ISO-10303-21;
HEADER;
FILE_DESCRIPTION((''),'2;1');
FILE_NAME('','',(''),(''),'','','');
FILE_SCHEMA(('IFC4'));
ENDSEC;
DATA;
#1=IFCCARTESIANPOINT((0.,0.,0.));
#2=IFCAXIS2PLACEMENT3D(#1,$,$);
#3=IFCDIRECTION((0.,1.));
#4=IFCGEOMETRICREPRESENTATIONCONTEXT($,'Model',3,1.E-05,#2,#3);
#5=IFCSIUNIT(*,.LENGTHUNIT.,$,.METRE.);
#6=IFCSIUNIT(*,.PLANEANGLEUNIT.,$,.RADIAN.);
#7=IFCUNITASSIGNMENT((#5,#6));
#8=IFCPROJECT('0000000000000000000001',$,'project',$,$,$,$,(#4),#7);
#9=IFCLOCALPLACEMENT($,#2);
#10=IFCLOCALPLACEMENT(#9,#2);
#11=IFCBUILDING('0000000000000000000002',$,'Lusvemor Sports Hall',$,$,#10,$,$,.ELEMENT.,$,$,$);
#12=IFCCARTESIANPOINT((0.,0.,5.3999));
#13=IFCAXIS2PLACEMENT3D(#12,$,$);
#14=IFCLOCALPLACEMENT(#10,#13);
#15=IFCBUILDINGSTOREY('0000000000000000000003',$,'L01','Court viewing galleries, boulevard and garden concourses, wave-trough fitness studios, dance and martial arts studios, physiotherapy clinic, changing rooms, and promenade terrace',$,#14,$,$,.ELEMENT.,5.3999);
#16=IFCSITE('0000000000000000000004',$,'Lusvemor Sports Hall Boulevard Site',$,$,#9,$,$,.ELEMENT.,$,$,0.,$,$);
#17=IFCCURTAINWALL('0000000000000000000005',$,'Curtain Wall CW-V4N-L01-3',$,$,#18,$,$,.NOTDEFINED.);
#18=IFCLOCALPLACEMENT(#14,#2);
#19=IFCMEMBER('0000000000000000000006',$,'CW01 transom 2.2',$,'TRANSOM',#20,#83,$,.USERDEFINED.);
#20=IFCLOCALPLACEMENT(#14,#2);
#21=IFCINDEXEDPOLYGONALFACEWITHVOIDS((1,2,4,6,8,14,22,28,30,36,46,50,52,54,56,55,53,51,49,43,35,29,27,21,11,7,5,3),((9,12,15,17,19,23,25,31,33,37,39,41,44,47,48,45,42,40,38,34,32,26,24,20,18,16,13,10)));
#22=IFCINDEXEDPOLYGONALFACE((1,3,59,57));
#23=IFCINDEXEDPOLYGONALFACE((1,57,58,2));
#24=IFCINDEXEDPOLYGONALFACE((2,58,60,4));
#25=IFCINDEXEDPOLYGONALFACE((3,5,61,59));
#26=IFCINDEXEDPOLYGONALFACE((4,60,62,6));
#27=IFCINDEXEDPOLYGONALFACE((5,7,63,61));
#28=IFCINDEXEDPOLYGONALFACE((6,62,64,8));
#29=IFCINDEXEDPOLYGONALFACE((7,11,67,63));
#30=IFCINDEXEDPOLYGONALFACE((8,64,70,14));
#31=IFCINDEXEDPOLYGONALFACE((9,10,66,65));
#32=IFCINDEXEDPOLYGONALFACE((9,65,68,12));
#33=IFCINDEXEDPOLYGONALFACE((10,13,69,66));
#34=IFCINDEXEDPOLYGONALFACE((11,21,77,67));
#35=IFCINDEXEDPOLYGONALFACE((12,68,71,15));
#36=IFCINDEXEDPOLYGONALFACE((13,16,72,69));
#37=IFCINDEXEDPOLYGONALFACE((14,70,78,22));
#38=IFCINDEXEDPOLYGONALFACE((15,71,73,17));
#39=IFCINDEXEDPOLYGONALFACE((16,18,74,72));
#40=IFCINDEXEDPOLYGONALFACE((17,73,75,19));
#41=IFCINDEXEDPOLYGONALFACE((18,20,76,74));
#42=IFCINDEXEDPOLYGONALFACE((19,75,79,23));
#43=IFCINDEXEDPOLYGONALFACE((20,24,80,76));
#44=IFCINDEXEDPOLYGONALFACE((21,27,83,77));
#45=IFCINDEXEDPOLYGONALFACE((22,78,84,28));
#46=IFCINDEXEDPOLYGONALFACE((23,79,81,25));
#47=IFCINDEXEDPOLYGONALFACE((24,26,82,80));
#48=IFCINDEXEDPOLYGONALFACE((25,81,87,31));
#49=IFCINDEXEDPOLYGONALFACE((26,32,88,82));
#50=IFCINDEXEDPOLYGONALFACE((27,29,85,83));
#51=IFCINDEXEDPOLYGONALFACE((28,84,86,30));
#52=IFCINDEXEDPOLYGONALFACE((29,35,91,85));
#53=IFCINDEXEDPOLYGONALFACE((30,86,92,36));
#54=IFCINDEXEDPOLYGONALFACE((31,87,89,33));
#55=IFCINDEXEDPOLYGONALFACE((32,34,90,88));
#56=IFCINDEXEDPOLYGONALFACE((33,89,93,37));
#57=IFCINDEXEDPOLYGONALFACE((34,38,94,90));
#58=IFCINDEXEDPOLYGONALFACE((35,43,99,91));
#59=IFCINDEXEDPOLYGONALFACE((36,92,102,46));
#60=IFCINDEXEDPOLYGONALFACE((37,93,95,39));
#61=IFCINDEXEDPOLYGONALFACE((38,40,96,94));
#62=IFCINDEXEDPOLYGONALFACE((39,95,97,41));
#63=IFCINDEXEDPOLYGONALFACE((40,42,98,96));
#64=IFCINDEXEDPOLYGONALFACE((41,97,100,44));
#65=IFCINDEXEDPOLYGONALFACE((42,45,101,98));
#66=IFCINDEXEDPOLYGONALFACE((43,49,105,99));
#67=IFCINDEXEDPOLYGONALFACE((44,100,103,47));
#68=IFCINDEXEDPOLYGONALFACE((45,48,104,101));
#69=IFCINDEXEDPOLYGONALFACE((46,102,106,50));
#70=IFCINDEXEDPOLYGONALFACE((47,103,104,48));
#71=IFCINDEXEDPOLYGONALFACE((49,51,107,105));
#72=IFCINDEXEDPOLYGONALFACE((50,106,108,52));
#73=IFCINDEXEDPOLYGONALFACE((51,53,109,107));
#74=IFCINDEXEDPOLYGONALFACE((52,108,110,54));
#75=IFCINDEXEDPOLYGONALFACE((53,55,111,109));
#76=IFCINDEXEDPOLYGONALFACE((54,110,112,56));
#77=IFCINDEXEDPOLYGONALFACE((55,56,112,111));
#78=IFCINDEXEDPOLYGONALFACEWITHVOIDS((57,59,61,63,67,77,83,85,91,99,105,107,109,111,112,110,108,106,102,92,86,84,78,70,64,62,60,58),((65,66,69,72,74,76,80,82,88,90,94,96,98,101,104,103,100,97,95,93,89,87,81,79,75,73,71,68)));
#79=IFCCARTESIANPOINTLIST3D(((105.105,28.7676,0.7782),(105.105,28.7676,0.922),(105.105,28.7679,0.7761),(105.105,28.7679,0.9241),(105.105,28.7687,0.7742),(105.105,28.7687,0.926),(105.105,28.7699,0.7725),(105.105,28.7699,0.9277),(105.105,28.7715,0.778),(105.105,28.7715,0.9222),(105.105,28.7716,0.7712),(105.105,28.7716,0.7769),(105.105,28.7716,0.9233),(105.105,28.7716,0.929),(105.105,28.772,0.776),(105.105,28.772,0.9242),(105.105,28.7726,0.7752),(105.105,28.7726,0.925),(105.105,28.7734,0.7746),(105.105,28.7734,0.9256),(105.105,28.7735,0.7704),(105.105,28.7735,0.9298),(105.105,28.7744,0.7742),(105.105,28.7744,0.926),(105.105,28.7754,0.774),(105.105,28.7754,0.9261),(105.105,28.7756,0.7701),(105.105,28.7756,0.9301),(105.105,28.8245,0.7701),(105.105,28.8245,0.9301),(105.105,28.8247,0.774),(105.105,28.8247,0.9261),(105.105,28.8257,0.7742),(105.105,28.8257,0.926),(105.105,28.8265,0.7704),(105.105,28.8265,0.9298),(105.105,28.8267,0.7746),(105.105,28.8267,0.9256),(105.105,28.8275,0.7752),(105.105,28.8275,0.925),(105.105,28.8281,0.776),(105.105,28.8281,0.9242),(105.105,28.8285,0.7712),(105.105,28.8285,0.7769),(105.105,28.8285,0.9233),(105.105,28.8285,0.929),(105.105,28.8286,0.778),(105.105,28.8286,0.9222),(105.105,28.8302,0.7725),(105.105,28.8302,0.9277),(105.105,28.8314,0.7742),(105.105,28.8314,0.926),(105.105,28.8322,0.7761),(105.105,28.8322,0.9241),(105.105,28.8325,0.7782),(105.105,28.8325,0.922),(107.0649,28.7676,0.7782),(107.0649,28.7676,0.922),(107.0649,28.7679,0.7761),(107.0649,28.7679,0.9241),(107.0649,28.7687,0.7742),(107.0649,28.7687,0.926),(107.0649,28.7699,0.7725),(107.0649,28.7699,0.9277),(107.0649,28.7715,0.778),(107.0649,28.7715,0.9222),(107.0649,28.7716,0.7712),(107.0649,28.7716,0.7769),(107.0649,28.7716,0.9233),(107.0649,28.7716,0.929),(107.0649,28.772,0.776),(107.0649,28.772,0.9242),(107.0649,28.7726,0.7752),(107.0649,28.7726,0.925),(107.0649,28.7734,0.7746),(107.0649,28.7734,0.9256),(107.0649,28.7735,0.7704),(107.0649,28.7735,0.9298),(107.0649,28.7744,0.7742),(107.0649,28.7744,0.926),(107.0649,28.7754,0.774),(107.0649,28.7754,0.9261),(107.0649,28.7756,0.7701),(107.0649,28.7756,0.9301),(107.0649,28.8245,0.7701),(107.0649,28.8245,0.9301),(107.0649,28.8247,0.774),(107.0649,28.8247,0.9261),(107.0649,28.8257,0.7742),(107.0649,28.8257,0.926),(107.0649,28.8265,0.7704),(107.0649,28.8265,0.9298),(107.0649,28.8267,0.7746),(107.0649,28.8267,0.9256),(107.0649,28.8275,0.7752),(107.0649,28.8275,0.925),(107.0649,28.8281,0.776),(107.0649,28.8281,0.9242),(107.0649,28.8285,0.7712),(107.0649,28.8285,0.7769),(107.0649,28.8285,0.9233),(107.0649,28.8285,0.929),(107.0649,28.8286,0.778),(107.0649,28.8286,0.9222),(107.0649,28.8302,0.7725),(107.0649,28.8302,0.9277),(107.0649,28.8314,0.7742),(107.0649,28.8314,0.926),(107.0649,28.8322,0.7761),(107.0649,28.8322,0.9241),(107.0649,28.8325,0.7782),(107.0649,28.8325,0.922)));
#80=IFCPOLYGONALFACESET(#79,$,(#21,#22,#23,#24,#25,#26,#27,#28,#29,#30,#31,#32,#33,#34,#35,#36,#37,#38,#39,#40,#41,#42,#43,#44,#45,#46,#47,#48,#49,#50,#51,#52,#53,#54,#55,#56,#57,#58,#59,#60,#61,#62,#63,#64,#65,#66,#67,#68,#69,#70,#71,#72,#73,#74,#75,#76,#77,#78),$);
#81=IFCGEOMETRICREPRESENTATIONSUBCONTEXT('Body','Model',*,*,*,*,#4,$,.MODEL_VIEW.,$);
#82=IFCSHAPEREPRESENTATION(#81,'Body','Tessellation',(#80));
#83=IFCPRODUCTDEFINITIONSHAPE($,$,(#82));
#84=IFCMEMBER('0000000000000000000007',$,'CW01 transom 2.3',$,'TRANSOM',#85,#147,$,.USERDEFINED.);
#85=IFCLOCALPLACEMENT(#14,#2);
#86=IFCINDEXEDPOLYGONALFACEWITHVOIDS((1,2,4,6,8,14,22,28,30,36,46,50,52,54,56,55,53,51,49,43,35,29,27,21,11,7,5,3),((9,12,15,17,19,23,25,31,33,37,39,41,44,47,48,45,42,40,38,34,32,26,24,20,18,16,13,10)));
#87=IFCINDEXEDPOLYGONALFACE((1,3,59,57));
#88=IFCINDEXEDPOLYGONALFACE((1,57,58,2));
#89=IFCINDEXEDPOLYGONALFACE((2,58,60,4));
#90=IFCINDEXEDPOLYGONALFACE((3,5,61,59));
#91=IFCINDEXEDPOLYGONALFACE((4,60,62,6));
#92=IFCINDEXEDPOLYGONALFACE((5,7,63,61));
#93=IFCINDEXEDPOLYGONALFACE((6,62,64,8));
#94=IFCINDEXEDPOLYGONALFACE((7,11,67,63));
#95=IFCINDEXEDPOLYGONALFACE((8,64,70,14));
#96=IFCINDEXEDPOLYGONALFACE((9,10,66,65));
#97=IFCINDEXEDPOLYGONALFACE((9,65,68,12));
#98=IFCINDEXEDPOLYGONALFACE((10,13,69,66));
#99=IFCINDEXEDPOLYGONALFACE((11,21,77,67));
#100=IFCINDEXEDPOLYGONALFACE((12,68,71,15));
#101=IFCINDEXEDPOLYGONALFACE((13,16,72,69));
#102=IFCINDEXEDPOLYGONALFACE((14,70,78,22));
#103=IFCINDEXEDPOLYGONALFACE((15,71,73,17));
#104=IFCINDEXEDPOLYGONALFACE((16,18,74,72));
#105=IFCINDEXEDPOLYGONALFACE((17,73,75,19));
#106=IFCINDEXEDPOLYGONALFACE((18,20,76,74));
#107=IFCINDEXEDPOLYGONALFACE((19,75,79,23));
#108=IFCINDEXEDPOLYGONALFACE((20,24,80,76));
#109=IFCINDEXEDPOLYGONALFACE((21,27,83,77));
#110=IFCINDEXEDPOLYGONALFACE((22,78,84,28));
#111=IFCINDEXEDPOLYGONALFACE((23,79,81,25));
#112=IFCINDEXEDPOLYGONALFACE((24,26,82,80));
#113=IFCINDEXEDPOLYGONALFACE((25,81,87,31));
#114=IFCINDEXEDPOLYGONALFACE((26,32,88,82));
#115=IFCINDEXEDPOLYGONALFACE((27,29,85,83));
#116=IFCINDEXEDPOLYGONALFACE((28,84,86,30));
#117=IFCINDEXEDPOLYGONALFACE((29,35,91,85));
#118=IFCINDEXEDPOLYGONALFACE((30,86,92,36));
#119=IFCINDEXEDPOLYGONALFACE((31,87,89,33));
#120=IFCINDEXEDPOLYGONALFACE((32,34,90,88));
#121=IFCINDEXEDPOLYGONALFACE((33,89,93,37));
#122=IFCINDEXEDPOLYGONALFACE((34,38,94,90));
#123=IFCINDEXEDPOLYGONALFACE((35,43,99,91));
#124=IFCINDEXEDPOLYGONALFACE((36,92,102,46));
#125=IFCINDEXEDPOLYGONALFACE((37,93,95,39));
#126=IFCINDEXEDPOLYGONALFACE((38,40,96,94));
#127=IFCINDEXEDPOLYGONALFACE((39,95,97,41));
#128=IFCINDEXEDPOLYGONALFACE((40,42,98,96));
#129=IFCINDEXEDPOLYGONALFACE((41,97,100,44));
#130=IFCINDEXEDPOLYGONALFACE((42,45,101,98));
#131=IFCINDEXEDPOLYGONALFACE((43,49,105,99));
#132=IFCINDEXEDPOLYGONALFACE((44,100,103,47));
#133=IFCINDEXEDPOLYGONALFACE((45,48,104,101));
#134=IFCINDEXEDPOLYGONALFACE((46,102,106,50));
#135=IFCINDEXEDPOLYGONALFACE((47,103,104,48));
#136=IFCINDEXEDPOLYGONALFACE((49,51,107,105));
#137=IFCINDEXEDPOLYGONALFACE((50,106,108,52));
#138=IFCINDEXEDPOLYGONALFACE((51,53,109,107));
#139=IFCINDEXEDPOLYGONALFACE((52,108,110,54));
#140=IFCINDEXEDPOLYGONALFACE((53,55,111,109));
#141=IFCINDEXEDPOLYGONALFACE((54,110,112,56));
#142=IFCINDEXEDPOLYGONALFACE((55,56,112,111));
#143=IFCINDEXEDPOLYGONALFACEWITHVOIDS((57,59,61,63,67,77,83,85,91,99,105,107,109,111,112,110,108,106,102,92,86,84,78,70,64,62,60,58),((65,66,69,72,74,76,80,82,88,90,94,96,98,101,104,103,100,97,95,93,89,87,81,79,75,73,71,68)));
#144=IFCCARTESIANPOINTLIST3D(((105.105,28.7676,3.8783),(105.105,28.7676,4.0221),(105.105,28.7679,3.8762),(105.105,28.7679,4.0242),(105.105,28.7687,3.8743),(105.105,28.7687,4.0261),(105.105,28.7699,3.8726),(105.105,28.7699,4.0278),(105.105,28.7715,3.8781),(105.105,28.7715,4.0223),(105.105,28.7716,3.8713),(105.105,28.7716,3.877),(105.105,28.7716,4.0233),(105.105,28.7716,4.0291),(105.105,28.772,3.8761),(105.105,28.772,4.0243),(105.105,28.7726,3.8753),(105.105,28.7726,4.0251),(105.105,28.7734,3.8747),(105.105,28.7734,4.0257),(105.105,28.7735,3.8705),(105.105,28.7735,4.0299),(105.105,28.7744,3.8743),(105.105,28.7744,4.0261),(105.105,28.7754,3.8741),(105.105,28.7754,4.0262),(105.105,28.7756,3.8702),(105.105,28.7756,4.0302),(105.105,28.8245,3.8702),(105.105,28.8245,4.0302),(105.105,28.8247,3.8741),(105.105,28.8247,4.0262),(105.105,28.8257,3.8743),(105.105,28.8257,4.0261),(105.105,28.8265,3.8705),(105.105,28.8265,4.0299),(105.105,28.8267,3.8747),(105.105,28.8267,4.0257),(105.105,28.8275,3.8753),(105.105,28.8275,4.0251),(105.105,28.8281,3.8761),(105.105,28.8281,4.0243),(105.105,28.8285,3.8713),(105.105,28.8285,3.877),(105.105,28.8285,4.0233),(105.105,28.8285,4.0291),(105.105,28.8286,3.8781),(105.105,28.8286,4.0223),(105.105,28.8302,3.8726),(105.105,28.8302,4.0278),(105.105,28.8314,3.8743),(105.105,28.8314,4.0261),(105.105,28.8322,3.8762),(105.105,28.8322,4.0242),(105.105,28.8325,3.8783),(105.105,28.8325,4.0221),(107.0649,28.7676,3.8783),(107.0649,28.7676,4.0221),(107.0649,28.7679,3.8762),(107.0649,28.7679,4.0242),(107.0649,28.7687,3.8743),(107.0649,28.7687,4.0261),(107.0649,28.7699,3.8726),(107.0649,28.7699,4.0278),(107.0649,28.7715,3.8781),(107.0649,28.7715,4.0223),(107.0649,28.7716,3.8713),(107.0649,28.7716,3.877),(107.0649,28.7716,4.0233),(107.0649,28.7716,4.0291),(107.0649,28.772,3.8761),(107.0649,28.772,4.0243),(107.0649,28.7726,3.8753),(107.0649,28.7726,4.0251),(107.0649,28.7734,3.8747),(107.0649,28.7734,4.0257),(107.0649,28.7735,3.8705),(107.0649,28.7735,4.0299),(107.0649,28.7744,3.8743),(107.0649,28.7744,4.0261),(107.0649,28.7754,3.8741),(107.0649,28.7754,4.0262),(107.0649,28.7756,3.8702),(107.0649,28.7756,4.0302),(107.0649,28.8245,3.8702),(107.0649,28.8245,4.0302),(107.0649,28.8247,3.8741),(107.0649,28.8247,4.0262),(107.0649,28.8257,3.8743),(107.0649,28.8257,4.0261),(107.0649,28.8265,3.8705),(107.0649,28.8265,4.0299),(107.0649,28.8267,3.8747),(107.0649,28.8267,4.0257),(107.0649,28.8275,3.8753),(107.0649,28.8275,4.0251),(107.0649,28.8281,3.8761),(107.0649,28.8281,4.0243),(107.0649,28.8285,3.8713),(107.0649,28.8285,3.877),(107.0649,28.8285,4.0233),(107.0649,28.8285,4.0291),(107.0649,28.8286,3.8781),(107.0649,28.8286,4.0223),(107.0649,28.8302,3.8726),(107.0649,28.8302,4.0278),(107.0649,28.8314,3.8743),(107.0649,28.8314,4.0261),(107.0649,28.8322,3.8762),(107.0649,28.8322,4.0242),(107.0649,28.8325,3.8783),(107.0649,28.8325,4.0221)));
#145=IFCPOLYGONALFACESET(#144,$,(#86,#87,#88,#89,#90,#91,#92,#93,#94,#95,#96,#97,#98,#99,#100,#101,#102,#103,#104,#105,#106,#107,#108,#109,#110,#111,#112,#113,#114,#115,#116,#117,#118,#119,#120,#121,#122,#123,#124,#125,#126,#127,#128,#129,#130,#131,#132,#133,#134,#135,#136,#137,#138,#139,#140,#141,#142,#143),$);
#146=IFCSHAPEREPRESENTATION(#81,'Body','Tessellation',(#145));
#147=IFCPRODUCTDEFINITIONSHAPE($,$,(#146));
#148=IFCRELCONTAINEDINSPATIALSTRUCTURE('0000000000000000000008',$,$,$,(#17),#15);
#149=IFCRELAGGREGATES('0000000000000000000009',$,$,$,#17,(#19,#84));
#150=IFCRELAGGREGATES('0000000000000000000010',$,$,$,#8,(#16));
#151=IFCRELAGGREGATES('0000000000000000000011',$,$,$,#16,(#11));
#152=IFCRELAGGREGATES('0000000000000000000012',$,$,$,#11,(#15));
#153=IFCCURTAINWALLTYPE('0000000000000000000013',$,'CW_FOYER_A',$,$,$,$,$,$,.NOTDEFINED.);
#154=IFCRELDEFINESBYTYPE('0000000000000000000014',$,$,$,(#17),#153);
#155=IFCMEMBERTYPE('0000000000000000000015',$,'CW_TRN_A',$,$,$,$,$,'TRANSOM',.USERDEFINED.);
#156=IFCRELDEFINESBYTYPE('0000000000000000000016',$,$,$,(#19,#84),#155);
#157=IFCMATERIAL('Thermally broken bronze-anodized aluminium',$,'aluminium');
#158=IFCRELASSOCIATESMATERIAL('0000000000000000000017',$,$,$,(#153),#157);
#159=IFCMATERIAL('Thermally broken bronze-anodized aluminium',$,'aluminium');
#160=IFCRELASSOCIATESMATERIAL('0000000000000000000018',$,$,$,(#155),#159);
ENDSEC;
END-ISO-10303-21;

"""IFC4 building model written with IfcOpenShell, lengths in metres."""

from ifc_helpers import new_model, si_unit, direction, frame, origin, origin_2d, place, context, subcontext, project, spatial, hollow_rectangle, extrude, material, material_profile, profile_set, type_object, element, aggregate, save


model = new_model("IFC4")

# Units and contexts
model_context = context("Model", 3, precision=1e-05, world=origin(), true_north=direction((0.0, 1.0)))
body_context = subcontext(model_context, "Body", "Model", "MODEL_VIEW")
ifc_project = project(units=[si_unit("LENGTHUNIT", "METRE"), si_unit("PLANEANGLEUNIT", "RADIAN")], contexts=[model_context])

# Site, building, storey
site_placement = place(None, origin())
site = spatial("IfcSite", under=ifc_project, at=site_placement, Name="Lusvemor Sports Hall Boulevard Site", CompositionType="ELEMENT", RefElevation=0.0)
building_placement = place(site_placement, origin())
building = spatial("IfcBuilding", under=site, at=building_placement, Name="Lusvemor Sports Hall", CompositionType="ELEMENT")
storey_placement = place(building_placement, frame((0.0, 0.0, 5.3999)))
storey = spatial("IfcBuildingStorey", under=building, at=storey_placement, Name="L01", Description="Court viewing galleries, boulevard and garden concourses, wave-trough fitness studios, dance and martial arts studios, physiotherapy clinic, changing rooms, and promenade terrace", CompositionType="ELEMENT", Elevation=5.3999)

# Curtain wall
ifc_material_1 = material(Name="Thermally broken bronze-anodized aluminium", Category="aluminium")
curtain_wall_type = type_object("IfcCurtainWallType", Name="CW_FOYER_A", PredefinedType="NOTDEFINED", material=ifc_material_1)
curtain_wall_1_placement = place(storey_placement, origin())
curtain_wall_1 = element("IfcCurtainWall", 1, at=curtain_wall_1_placement, inside=storey, type_object=curtain_wall_type, Name="Curtain Wall CW-V4N-L01-3", PredefinedType="NOTDEFINED")

# Members
ifc_material_2 = material(Name="Thermally broken bronze-anodized aluminium", Category="aluminium")
ifc_material_profile_1 = material_profile(ifc_material_2, hollow_rectangle(XDim=0.0649, YDim=0.1599, WallThickness=0.0039, InnerFilletRadius=0.0039, OuterFilletRadius=0.0081, at=origin_2d()), Name="CWTRN160x65x4")
ifc_profile_set_1 = profile_set([ifc_material_profile_1], Name="Thermally broken bronze-anodized aluminium")
member_type_1 = type_object("IfcMemberType", Name="CW_TRN_A", ElementType="TRANSOM", PredefinedType="USERDEFINED", material=ifc_profile_set_1)
member_1_placement = place(storey_placement, frame((105.105, 28.8, 0.8501), z_axis=(1.0, 0.0, 0.0), x_axis=(0.0, 1.0, 0.0)))
member_1 = element("IfcMember", 2, at=member_1_placement, type_object=member_type_1, Name="CW01 transom 2.2", ObjectType="TRANSOM", PredefinedType="USERDEFINED", context=body_context, shape_type="SweptSolid", body=[
    extrude(hollow_rectangle(XDim=0.0649, YDim=0.1599, WallThickness=0.0039, InnerFilletRadius=0.0039, OuterFilletRadius=0.0081, at=origin_2d()), origin(), (0.0, 0.0, 1.0), 1.96),
])
member_2_placement = place(storey_placement, frame((105.105, 28.8, 3.9502), z_axis=(1.0, 0.0, 0.0), x_axis=(0.0, 1.0, 0.0)))
member_2 = element("IfcMember", 3, at=member_2_placement, type_object=member_type_1, Name="CW01 transom 2.3", ObjectType="TRANSOM", PredefinedType="USERDEFINED", context=body_context, shape_type="SweptSolid", body=[
    extrude(hollow_rectangle(XDim=0.0649, YDim=0.1599, WallThickness=0.0039, InnerFilletRadius=0.0039, OuterFilletRadius=0.0081, at=origin_2d()), origin(), (0.0, 0.0, 1.0), 1.96),
])

aggregate(curtain_wall_1, [member_1, member_2])

save(model, "model.ifc")
